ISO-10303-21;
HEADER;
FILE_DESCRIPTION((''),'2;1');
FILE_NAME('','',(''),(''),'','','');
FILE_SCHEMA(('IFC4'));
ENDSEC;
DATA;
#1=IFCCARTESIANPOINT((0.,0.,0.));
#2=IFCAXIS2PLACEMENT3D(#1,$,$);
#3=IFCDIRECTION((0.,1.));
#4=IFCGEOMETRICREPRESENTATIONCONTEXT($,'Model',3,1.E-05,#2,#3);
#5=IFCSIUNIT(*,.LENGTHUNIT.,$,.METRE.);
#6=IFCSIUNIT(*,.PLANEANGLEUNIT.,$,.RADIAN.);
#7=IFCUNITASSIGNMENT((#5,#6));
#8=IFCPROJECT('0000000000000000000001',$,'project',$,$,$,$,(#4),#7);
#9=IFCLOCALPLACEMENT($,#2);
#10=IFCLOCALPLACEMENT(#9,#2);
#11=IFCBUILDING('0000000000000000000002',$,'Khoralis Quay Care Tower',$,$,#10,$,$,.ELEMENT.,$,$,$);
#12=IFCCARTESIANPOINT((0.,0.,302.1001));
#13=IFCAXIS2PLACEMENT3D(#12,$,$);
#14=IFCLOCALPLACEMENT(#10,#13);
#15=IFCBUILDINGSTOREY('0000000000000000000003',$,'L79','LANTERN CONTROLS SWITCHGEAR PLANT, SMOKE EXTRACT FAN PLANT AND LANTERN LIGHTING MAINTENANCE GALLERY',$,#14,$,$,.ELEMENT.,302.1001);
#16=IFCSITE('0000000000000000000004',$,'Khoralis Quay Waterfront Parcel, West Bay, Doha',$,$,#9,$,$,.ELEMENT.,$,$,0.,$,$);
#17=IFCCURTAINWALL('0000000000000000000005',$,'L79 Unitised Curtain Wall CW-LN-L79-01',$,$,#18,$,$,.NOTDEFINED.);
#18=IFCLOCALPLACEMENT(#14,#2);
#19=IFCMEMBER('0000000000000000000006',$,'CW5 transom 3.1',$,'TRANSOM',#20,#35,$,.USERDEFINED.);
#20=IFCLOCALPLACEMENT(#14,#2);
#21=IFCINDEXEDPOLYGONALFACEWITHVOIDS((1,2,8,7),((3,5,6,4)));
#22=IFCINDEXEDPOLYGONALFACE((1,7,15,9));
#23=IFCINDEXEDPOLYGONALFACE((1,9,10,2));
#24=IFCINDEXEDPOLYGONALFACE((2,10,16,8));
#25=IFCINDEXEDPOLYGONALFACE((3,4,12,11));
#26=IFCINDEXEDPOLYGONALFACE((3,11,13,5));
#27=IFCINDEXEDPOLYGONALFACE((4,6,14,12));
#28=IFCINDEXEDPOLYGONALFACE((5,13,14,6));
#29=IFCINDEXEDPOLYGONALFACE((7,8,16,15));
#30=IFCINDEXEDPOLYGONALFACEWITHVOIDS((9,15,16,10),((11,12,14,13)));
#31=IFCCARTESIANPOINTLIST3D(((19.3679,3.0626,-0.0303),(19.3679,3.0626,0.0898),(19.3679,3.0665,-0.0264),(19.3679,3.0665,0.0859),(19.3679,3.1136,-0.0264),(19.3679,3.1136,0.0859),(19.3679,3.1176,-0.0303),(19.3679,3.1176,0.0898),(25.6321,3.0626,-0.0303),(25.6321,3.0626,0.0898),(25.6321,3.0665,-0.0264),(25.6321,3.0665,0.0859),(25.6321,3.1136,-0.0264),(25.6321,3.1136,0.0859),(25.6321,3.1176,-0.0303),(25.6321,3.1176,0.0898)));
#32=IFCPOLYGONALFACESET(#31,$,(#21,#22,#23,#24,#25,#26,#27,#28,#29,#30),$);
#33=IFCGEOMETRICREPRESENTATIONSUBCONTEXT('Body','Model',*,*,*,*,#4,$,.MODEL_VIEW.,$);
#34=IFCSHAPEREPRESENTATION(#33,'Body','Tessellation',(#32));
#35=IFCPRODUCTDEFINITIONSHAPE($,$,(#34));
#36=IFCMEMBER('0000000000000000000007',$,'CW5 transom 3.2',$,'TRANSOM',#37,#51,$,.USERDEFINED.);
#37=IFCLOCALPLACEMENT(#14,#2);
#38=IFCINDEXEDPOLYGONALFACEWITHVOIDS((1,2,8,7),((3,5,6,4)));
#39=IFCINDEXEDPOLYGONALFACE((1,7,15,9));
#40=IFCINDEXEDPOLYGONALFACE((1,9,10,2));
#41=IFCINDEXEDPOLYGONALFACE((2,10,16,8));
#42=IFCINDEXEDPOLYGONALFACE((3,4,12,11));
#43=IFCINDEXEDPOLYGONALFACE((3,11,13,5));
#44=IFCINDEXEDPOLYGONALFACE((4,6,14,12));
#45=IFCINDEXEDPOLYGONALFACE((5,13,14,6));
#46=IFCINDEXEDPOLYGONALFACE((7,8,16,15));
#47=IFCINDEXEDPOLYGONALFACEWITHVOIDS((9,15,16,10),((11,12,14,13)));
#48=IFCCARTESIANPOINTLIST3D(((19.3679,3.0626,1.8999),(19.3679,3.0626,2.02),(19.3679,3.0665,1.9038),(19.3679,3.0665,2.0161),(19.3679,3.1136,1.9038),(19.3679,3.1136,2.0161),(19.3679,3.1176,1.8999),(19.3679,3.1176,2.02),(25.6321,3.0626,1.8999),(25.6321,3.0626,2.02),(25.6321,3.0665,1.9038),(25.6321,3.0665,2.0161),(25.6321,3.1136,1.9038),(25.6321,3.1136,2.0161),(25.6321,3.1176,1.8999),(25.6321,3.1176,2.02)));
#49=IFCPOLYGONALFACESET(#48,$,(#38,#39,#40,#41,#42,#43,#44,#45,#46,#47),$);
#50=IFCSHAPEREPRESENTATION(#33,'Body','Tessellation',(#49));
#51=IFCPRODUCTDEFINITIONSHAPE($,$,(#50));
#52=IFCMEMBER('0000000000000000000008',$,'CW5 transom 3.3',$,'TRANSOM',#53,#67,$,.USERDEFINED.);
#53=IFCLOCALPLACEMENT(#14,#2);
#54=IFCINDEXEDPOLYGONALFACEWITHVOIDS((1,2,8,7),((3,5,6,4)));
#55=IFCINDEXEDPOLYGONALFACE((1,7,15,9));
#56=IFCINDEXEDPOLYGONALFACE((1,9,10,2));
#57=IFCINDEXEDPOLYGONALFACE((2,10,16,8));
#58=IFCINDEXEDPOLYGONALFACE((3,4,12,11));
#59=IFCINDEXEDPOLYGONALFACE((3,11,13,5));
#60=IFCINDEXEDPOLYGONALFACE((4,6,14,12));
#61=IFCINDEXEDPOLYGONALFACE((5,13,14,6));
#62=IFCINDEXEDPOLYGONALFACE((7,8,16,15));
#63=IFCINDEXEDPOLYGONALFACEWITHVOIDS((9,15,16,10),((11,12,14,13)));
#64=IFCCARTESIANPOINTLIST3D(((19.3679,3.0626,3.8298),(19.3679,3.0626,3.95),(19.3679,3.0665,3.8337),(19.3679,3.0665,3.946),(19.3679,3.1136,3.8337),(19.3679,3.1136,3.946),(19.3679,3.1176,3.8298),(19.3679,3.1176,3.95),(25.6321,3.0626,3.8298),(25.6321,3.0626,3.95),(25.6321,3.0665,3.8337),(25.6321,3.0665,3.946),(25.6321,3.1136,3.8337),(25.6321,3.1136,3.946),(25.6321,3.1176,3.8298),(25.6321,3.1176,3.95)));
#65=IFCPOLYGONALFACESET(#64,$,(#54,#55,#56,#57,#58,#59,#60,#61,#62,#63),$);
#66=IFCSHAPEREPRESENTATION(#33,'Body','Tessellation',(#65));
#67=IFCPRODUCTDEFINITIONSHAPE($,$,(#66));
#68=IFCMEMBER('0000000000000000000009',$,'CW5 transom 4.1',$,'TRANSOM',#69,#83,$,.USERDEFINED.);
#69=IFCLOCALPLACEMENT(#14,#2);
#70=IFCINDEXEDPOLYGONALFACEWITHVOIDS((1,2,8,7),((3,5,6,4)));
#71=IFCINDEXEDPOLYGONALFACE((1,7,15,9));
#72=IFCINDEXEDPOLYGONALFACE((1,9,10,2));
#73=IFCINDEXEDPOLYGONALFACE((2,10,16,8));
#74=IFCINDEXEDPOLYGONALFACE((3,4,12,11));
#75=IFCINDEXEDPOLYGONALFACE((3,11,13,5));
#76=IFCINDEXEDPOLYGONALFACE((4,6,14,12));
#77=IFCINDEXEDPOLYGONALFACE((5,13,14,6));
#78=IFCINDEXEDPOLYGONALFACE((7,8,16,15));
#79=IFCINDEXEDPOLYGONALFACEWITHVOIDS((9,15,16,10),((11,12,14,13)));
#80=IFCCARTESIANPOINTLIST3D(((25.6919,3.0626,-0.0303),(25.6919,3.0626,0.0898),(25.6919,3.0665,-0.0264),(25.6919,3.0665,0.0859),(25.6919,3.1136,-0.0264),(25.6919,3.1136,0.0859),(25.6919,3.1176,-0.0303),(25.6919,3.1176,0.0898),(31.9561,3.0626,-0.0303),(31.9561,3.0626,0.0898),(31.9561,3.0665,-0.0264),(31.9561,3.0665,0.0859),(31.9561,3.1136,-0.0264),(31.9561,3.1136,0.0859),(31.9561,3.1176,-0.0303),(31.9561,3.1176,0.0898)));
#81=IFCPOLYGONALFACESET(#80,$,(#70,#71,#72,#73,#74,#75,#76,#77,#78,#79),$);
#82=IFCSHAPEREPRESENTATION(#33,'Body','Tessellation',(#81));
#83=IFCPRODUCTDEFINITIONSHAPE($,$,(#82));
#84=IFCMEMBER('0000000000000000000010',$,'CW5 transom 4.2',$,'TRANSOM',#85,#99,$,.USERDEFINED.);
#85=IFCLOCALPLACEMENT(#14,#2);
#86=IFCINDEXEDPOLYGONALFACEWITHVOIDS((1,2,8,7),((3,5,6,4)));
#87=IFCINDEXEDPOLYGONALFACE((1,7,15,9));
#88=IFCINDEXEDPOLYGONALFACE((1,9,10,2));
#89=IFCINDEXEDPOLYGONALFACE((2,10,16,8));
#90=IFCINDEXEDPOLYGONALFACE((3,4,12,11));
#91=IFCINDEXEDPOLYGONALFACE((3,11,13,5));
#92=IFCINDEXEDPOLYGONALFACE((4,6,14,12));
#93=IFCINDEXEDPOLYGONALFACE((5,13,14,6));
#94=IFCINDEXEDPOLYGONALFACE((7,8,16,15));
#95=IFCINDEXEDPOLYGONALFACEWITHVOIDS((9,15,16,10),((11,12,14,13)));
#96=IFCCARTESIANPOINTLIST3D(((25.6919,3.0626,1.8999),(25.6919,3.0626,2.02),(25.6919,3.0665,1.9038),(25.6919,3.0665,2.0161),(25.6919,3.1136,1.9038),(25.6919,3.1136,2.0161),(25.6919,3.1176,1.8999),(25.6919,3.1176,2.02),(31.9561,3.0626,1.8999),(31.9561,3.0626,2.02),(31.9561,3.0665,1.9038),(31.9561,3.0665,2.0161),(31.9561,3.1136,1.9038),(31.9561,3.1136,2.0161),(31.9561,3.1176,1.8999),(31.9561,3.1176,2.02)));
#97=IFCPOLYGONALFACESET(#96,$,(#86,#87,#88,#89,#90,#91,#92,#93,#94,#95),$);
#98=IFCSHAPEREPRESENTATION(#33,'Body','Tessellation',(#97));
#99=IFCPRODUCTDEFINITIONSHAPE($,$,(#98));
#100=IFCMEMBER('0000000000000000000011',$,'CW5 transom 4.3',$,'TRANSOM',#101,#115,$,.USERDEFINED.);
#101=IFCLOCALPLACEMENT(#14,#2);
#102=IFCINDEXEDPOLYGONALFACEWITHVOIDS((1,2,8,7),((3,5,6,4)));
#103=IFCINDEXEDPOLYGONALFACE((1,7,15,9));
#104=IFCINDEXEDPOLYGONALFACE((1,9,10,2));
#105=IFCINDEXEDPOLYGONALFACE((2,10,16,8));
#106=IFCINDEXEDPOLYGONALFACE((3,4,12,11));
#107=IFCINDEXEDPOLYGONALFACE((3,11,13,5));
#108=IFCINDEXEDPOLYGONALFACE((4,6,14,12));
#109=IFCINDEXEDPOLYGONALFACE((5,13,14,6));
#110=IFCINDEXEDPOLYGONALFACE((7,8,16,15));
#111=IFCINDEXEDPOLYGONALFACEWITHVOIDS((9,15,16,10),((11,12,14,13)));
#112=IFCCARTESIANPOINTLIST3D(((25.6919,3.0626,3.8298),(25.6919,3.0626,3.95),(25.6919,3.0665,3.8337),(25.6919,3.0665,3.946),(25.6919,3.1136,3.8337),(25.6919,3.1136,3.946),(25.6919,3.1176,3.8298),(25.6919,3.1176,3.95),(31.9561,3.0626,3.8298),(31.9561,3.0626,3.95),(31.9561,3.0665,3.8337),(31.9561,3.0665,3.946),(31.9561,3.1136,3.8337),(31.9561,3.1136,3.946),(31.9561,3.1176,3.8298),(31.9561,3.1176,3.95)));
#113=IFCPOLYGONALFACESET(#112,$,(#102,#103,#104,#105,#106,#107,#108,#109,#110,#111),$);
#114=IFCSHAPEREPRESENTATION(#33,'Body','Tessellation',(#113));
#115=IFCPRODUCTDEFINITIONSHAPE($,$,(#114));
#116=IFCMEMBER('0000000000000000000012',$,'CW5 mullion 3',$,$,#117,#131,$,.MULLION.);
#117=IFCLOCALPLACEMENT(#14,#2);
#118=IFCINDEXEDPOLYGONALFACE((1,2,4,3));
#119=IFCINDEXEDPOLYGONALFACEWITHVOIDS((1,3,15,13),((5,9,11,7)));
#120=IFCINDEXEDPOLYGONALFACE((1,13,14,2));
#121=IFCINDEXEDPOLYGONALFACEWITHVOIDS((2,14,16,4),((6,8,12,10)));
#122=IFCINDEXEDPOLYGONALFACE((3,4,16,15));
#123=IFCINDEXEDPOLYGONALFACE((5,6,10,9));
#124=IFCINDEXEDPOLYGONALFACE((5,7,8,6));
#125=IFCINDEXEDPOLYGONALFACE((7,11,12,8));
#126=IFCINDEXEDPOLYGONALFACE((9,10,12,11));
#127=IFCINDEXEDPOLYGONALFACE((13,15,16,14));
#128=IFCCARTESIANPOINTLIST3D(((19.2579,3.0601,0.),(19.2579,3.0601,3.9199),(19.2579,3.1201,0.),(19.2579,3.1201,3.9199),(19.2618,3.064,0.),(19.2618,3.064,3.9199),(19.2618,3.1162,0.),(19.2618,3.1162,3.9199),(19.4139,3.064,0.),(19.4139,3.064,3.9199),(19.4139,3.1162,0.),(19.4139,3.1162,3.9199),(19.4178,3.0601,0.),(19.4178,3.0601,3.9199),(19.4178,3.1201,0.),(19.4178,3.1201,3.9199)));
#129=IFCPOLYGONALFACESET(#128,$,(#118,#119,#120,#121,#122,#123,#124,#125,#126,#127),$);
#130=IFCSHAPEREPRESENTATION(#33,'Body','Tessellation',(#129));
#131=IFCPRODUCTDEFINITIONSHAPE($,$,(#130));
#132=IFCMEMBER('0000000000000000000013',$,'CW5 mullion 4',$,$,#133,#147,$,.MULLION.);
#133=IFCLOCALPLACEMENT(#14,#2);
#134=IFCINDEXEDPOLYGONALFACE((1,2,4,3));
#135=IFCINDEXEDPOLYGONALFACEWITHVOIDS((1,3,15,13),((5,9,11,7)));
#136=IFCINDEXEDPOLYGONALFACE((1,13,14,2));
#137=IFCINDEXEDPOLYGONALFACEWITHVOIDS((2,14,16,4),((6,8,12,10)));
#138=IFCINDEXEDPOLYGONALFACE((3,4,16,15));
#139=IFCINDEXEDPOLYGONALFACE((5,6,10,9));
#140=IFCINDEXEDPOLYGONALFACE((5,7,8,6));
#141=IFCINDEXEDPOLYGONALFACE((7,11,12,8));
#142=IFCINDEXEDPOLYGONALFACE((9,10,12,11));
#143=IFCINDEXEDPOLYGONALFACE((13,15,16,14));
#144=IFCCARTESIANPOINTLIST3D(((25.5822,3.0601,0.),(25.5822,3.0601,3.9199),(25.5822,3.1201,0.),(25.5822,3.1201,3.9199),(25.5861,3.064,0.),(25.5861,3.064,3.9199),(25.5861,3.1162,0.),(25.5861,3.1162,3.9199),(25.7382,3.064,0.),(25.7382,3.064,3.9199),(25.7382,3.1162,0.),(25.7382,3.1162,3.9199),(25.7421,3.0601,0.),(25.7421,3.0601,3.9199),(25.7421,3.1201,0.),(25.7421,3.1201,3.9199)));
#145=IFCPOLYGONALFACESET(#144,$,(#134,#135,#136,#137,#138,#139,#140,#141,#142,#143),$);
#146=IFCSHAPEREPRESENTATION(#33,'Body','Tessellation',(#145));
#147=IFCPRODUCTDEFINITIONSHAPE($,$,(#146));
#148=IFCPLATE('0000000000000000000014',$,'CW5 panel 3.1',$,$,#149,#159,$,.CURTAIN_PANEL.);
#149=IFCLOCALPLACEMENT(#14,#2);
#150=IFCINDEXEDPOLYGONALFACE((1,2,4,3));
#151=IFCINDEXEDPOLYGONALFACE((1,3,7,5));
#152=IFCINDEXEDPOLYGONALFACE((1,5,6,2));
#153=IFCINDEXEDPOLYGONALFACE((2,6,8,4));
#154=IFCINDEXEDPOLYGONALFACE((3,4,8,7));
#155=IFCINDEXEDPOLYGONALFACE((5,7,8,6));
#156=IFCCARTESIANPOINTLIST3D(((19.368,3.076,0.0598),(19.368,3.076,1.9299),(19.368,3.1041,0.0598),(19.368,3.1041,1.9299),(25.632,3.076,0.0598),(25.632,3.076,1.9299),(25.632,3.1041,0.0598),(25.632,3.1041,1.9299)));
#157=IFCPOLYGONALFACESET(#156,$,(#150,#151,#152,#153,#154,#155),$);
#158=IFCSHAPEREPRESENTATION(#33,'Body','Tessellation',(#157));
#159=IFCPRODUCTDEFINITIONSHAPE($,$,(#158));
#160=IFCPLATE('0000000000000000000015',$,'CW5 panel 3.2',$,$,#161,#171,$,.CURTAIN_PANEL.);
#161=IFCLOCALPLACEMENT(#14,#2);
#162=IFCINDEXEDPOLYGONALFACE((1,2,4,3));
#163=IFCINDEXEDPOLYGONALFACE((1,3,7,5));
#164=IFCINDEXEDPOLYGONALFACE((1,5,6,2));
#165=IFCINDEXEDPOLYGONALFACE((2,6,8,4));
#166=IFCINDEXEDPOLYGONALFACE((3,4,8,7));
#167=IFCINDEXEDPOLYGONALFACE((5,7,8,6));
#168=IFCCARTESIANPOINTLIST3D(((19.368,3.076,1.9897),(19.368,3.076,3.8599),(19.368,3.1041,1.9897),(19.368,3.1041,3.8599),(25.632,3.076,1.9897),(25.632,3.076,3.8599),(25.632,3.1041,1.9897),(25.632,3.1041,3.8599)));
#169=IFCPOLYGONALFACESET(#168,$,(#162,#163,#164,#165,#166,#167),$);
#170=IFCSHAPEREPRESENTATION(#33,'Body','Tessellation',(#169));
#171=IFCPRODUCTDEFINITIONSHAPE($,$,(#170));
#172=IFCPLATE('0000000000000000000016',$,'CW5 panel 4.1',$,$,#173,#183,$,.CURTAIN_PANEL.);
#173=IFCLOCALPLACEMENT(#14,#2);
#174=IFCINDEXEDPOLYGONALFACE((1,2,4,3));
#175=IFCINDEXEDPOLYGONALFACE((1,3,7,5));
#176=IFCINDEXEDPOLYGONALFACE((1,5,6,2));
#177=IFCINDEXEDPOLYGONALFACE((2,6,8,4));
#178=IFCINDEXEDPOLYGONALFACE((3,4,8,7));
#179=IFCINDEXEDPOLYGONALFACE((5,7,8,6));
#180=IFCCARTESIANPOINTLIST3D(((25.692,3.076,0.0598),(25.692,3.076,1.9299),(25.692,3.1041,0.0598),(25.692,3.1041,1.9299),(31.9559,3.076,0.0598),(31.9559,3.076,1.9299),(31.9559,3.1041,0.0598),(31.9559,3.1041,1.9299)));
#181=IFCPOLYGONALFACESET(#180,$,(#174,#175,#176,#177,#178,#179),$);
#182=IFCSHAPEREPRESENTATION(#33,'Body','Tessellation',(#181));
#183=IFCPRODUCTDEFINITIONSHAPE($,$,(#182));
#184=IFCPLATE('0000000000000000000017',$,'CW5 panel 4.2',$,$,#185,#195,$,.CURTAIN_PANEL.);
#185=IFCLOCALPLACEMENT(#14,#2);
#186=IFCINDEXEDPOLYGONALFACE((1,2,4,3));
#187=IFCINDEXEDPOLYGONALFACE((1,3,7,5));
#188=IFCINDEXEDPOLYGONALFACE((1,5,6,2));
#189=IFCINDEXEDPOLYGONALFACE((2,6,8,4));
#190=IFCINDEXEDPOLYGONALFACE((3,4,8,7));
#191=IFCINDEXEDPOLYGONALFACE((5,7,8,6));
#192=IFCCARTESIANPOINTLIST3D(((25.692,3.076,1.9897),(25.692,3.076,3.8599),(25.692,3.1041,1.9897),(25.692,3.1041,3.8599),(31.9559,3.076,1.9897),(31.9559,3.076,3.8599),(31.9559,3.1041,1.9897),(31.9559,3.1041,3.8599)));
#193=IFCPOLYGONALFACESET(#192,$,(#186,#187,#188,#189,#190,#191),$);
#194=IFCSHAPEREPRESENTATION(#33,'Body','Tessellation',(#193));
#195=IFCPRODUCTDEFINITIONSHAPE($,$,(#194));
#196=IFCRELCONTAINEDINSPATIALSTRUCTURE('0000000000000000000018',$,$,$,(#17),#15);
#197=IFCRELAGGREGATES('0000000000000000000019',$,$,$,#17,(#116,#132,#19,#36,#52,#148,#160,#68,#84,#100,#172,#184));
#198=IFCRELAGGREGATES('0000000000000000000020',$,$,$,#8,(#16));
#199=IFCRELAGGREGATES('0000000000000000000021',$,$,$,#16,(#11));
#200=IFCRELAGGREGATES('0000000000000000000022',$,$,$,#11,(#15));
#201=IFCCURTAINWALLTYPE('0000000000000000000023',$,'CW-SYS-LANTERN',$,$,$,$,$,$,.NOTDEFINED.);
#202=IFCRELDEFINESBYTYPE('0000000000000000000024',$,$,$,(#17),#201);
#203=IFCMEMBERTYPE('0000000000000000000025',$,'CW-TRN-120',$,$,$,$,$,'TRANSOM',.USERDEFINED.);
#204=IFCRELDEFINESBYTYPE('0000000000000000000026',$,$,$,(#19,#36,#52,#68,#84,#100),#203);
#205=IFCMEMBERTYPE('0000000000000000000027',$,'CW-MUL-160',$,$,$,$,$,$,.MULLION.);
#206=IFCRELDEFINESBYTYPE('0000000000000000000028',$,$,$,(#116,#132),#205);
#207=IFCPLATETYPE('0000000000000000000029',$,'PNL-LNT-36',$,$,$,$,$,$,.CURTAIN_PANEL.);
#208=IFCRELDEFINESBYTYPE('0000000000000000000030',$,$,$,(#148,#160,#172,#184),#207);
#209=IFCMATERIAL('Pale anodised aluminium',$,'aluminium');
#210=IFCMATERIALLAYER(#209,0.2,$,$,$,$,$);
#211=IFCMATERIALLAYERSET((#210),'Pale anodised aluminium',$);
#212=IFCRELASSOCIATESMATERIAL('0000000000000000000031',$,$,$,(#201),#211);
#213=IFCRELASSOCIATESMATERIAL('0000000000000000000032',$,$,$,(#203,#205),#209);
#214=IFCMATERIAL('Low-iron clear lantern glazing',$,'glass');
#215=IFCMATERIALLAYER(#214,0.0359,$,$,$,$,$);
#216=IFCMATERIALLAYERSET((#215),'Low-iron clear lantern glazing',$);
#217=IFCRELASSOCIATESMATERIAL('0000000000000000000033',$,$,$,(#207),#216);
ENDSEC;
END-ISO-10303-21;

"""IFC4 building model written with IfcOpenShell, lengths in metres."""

from ifc_helpers import new_model, si_unit, direction, frame, origin, origin_2d, place, context, subcontext, project, spatial, rectangle, hollow_rectangle, extrude, source, transform, mapped, material, layer, layer_set, material_profile, profile_set, type_object, element, aggregate, save


model = new_model("IFC4")

# Units and contexts
model_context = context("Model", 3, precision=1e-05, world=origin(), true_north=direction((0.0, 1.0)))
body_context = subcontext(model_context, "Body", "Model", "MODEL_VIEW")
ifc_project = project(units=[si_unit("LENGTHUNIT", "METRE"), si_unit("PLANEANGLEUNIT", "RADIAN")], contexts=[model_context])

# Site, building, storey
site_placement = place(None, origin())
site = spatial("IfcSite", under=ifc_project, at=site_placement, Name="Khoralis Quay Waterfront Parcel, West Bay, Doha", CompositionType="ELEMENT", RefElevation=0.0)
building_placement = place(site_placement, origin())
building = spatial("IfcBuilding", under=site, at=building_placement, Name="Khoralis Quay Care Tower", CompositionType="ELEMENT")
storey_placement = place(building_placement, frame((0.0, 0.0, 302.1001)))
storey = spatial("IfcBuildingStorey", under=building, at=storey_placement, Name="L79", Description="LANTERN CONTROLS SWITCHGEAR PLANT, SMOKE EXTRACT FAN PLANT AND LANTERN LIGHTING MAINTENANCE GALLERY", CompositionType="ELEMENT", Elevation=302.1001)

# Curtain wall, members, plates
ifc_material_1 = material(Name="Pale anodised aluminium", Category="aluminium")
ifc_layer_1 = layer(ifc_material_1, 0.2)
ifc_layer_set_1 = layer_set([ifc_layer_1], Name="Pale anodised aluminium")
curtain_wall_type = type_object("IfcCurtainWallType", Name="CW-SYS-LANTERN", PredefinedType="NOTDEFINED", material=ifc_layer_set_1)
curtain_wall_placement = place(storey_placement, origin())
curtain_wall = element("IfcCurtainWall", 1, at=curtain_wall_placement, inside=storey, type_object=curtain_wall_type, Name="L79 Unitised Curtain Wall CW-LN-L79-01", PredefinedType="NOTDEFINED")
ifc_material_profile_1 = material_profile(ifc_material_1, hollow_rectangle(XDim=0.0549, YDim=0.1201, WallThickness=0.0039, at=origin_2d()), Name="Pale anodised aluminium")
ifc_profile_set_1 = profile_set([ifc_material_profile_1], Name="Pale anodised aluminium")
member_type_1 = type_object("IfcMemberType", Name="CW-TRN-120", ElementType="TRANSOM", PredefinedType="USERDEFINED", material=ifc_profile_set_1)
shared_shape_1 = source(origin(), body_context, "Body", "SweptSolid", [
    extrude(hollow_rectangle(XDim=0.0549, YDim=0.1201, WallThickness=0.0039, at=origin_2d()), origin(), (0.0, 0.0, 1.0), 6.2642),
])
member_1_placement = place(storey_placement, frame((19.3679, 3.0901, 0.0298), z_axis=(1.0, 0.0, 0.0), x_axis=(0.0, 1.0, 0.0)))
member_1 = element("IfcMember", 2, at=member_1_placement, type_object=member_type_1, Name="CW5 transom 3.1", ObjectType="TRANSOM", PredefinedType="USERDEFINED", context=body_context, shape_type="MappedRepresentation", body=[
    mapped(shared_shape_1, transform((0.0, 0.0, 0.0), scale=1.0)),
])
member_2_placement = place(storey_placement, frame((19.3679, 3.0901, 1.96), z_axis=(1.0, 0.0, 0.0), x_axis=(0.0, 1.0, 0.0)))
member_2 = element("IfcMember", 3, at=member_2_placement, type_object=member_type_1, Name="CW5 transom 3.2", ObjectType="TRANSOM", PredefinedType="USERDEFINED", context=body_context, shape_type="MappedRepresentation", body=[
    mapped(shared_shape_1, transform((0.0, 0.0, 0.0), scale=1.0)),
])
member_3_placement = place(storey_placement, frame((19.3679, 3.0901, 3.8899), z_axis=(1.0, 0.0, 0.0), x_axis=(0.0, 1.0, 0.0)))
member_3 = element("IfcMember", 4, at=member_3_placement, type_object=member_type_1, Name="CW5 transom 3.3", ObjectType="TRANSOM", PredefinedType="USERDEFINED", context=body_context, shape_type="MappedRepresentation", body=[
    mapped(shared_shape_1, transform((0.0, 0.0, 0.0), scale=1.0)),
])
member_4_placement = place(storey_placement, frame((25.6919, 3.0901, 0.0298), z_axis=(1.0, 0.0, 0.0), x_axis=(0.0, 1.0, 0.0)))
member_4 = element("IfcMember", 5, at=member_4_placement, type_object=member_type_1, Name="CW5 transom 4.1", ObjectType="TRANSOM", PredefinedType="USERDEFINED", context=body_context, shape_type="MappedRepresentation", body=[
    mapped(shared_shape_1, transform((0.0, 0.0, 0.0), scale=1.0)),
])
member_5_placement = place(storey_placement, frame((25.6919, 3.0901, 1.96), z_axis=(1.0, 0.0, 0.0), x_axis=(0.0, 1.0, 0.0)))
member_5 = element("IfcMember", 6, at=member_5_placement, type_object=member_type_1, Name="CW5 transom 4.2", ObjectType="TRANSOM", PredefinedType="USERDEFINED", context=body_context, shape_type="MappedRepresentation", body=[
    mapped(shared_shape_1, transform((0.0, 0.0, 0.0), scale=1.0)),
])
member_6_placement = place(storey_placement, frame((25.6919, 3.0901, 3.8899), z_axis=(1.0, 0.0, 0.0), x_axis=(0.0, 1.0, 0.0)))
member_6 = element("IfcMember", 7, at=member_6_placement, type_object=member_type_1, Name="CW5 transom 4.3", ObjectType="TRANSOM", PredefinedType="USERDEFINED", context=body_context, shape_type="MappedRepresentation", body=[
    mapped(shared_shape_1, transform((0.0, 0.0, 0.0), scale=1.0)),
])
ifc_material_profile_2 = material_profile(ifc_material_1, hollow_rectangle(XDim=0.0601, YDim=0.1599, WallThickness=0.0039, at=origin_2d()), Name="Pale anodised aluminium")
ifc_profile_set_2 = profile_set([ifc_material_profile_2], Name="Pale anodised aluminium")
member_type_2 = type_object("IfcMemberType", Name="CW-MUL-160", PredefinedType="MULLION", material=ifc_profile_set_2)
shared_shape_2 = source(origin(), body_context, "Body", "SweptSolid", [
    extrude(hollow_rectangle(XDim=0.0601, YDim=0.1599, WallThickness=0.0039, at=origin_2d()), origin(), (0.0, 0.0, 1.0), 3.9199),
])
member_7_placement = place(storey_placement, frame((19.3379, 3.0901, 0.0), z_axis=(0.0, 0.0, 1.0), x_axis=(0.0, 1.0, 0.0)))
member_7 = element("IfcMember", 8, at=member_7_placement, type_object=member_type_2, Name="CW5 mullion 3", PredefinedType="MULLION", context=body_context, shape_type="MappedRepresentation", body=[
    mapped(shared_shape_2, transform((0.0, 0.0, 0.0), scale=1.0)),
])
member_8_placement = place(storey_placement, frame((25.6621, 3.0901, 0.0), z_axis=(0.0, 0.0, 1.0), x_axis=(0.0, 1.0, 0.0)))
member_8 = element("IfcMember", 9, at=member_8_placement, type_object=member_type_2, Name="CW5 mullion 4", PredefinedType="MULLION", context=body_context, shape_type="MappedRepresentation", body=[
    mapped(shared_shape_2, transform((0.0, 0.0, 0.0), scale=1.0)),
])
ifc_material_2 = material(Name="Low-iron clear lantern glazing", Category="glass")
ifc_layer_2 = layer(ifc_material_2, 0.0359)
ifc_layer_set_2 = layer_set([ifc_layer_2], Name="Low-iron clear lantern glazing")
plate_type = type_object("IfcPlateType", Name="PNL-LNT-36", PredefinedType="CURTAIN_PANEL", material=ifc_layer_set_2)
shared_shape_3 = source(origin(), body_context, "Body", "SweptSolid", [
    extrude(rectangle(XDim=6.2639, YDim=0.0281, at=origin_2d()), origin(), (0.0, 0.0, 1.0), 1.8701),
])
plate_1_placement = place(storey_placement, frame((22.5, 3.0901, 0.0598), z_axis=(0.0, 0.0, 1.0), x_axis=(1.0, 0.0, 0.0)))
plate_1 = element("IfcPlate", 10, at=plate_1_placement, type_object=plate_type, Name="CW5 panel 3.1", PredefinedType="CURTAIN_PANEL", context=body_context, shape_type="MappedRepresentation", body=[
    mapped(shared_shape_3, transform((0.0, 0.0, 0.0), scale=1.0)),
])
plate_2_placement = place(storey_placement, frame((22.5, 3.0901, 1.9897), z_axis=(0.0, 0.0, 1.0), x_axis=(1.0, 0.0, 0.0)))
plate_2 = element("IfcPlate", 11, at=plate_2_placement, type_object=plate_type, Name="CW5 panel 3.2", PredefinedType="CURTAIN_PANEL", context=body_context, shape_type="MappedRepresentation", body=[
    mapped(shared_shape_3, transform((0.0, 0.0, 0.0), scale=1.0)),
])
plate_3_placement = place(storey_placement, frame((28.824, 3.0901, 0.0598), z_axis=(0.0, 0.0, 1.0), x_axis=(1.0, 0.0, 0.0)))
plate_3 = element("IfcPlate", 12, at=plate_3_placement, type_object=plate_type, Name="CW5 panel 4.1", PredefinedType="CURTAIN_PANEL", context=body_context, shape_type="MappedRepresentation", body=[
    mapped(shared_shape_3, transform((0.0, 0.0, 0.0), scale=1.0)),
])
plate_4_placement = place(storey_placement, frame((28.824, 3.0901, 1.9897), z_axis=(0.0, 0.0, 1.0), x_axis=(1.0, 0.0, 0.0)))
plate_4 = element("IfcPlate", 13, at=plate_4_placement, type_object=plate_type, Name="CW5 panel 4.2", PredefinedType="CURTAIN_PANEL", context=body_context, shape_type="MappedRepresentation", body=[
    mapped(shared_shape_3, transform((0.0, 0.0, 0.0), scale=1.0)),
])
aggregate(curtain_wall, [member_7, member_8, member_1, member_2, member_3, plate_1, plate_2, member_4, member_5, member_6, plate_3, plate_4])

save(model, "model.ifc")
